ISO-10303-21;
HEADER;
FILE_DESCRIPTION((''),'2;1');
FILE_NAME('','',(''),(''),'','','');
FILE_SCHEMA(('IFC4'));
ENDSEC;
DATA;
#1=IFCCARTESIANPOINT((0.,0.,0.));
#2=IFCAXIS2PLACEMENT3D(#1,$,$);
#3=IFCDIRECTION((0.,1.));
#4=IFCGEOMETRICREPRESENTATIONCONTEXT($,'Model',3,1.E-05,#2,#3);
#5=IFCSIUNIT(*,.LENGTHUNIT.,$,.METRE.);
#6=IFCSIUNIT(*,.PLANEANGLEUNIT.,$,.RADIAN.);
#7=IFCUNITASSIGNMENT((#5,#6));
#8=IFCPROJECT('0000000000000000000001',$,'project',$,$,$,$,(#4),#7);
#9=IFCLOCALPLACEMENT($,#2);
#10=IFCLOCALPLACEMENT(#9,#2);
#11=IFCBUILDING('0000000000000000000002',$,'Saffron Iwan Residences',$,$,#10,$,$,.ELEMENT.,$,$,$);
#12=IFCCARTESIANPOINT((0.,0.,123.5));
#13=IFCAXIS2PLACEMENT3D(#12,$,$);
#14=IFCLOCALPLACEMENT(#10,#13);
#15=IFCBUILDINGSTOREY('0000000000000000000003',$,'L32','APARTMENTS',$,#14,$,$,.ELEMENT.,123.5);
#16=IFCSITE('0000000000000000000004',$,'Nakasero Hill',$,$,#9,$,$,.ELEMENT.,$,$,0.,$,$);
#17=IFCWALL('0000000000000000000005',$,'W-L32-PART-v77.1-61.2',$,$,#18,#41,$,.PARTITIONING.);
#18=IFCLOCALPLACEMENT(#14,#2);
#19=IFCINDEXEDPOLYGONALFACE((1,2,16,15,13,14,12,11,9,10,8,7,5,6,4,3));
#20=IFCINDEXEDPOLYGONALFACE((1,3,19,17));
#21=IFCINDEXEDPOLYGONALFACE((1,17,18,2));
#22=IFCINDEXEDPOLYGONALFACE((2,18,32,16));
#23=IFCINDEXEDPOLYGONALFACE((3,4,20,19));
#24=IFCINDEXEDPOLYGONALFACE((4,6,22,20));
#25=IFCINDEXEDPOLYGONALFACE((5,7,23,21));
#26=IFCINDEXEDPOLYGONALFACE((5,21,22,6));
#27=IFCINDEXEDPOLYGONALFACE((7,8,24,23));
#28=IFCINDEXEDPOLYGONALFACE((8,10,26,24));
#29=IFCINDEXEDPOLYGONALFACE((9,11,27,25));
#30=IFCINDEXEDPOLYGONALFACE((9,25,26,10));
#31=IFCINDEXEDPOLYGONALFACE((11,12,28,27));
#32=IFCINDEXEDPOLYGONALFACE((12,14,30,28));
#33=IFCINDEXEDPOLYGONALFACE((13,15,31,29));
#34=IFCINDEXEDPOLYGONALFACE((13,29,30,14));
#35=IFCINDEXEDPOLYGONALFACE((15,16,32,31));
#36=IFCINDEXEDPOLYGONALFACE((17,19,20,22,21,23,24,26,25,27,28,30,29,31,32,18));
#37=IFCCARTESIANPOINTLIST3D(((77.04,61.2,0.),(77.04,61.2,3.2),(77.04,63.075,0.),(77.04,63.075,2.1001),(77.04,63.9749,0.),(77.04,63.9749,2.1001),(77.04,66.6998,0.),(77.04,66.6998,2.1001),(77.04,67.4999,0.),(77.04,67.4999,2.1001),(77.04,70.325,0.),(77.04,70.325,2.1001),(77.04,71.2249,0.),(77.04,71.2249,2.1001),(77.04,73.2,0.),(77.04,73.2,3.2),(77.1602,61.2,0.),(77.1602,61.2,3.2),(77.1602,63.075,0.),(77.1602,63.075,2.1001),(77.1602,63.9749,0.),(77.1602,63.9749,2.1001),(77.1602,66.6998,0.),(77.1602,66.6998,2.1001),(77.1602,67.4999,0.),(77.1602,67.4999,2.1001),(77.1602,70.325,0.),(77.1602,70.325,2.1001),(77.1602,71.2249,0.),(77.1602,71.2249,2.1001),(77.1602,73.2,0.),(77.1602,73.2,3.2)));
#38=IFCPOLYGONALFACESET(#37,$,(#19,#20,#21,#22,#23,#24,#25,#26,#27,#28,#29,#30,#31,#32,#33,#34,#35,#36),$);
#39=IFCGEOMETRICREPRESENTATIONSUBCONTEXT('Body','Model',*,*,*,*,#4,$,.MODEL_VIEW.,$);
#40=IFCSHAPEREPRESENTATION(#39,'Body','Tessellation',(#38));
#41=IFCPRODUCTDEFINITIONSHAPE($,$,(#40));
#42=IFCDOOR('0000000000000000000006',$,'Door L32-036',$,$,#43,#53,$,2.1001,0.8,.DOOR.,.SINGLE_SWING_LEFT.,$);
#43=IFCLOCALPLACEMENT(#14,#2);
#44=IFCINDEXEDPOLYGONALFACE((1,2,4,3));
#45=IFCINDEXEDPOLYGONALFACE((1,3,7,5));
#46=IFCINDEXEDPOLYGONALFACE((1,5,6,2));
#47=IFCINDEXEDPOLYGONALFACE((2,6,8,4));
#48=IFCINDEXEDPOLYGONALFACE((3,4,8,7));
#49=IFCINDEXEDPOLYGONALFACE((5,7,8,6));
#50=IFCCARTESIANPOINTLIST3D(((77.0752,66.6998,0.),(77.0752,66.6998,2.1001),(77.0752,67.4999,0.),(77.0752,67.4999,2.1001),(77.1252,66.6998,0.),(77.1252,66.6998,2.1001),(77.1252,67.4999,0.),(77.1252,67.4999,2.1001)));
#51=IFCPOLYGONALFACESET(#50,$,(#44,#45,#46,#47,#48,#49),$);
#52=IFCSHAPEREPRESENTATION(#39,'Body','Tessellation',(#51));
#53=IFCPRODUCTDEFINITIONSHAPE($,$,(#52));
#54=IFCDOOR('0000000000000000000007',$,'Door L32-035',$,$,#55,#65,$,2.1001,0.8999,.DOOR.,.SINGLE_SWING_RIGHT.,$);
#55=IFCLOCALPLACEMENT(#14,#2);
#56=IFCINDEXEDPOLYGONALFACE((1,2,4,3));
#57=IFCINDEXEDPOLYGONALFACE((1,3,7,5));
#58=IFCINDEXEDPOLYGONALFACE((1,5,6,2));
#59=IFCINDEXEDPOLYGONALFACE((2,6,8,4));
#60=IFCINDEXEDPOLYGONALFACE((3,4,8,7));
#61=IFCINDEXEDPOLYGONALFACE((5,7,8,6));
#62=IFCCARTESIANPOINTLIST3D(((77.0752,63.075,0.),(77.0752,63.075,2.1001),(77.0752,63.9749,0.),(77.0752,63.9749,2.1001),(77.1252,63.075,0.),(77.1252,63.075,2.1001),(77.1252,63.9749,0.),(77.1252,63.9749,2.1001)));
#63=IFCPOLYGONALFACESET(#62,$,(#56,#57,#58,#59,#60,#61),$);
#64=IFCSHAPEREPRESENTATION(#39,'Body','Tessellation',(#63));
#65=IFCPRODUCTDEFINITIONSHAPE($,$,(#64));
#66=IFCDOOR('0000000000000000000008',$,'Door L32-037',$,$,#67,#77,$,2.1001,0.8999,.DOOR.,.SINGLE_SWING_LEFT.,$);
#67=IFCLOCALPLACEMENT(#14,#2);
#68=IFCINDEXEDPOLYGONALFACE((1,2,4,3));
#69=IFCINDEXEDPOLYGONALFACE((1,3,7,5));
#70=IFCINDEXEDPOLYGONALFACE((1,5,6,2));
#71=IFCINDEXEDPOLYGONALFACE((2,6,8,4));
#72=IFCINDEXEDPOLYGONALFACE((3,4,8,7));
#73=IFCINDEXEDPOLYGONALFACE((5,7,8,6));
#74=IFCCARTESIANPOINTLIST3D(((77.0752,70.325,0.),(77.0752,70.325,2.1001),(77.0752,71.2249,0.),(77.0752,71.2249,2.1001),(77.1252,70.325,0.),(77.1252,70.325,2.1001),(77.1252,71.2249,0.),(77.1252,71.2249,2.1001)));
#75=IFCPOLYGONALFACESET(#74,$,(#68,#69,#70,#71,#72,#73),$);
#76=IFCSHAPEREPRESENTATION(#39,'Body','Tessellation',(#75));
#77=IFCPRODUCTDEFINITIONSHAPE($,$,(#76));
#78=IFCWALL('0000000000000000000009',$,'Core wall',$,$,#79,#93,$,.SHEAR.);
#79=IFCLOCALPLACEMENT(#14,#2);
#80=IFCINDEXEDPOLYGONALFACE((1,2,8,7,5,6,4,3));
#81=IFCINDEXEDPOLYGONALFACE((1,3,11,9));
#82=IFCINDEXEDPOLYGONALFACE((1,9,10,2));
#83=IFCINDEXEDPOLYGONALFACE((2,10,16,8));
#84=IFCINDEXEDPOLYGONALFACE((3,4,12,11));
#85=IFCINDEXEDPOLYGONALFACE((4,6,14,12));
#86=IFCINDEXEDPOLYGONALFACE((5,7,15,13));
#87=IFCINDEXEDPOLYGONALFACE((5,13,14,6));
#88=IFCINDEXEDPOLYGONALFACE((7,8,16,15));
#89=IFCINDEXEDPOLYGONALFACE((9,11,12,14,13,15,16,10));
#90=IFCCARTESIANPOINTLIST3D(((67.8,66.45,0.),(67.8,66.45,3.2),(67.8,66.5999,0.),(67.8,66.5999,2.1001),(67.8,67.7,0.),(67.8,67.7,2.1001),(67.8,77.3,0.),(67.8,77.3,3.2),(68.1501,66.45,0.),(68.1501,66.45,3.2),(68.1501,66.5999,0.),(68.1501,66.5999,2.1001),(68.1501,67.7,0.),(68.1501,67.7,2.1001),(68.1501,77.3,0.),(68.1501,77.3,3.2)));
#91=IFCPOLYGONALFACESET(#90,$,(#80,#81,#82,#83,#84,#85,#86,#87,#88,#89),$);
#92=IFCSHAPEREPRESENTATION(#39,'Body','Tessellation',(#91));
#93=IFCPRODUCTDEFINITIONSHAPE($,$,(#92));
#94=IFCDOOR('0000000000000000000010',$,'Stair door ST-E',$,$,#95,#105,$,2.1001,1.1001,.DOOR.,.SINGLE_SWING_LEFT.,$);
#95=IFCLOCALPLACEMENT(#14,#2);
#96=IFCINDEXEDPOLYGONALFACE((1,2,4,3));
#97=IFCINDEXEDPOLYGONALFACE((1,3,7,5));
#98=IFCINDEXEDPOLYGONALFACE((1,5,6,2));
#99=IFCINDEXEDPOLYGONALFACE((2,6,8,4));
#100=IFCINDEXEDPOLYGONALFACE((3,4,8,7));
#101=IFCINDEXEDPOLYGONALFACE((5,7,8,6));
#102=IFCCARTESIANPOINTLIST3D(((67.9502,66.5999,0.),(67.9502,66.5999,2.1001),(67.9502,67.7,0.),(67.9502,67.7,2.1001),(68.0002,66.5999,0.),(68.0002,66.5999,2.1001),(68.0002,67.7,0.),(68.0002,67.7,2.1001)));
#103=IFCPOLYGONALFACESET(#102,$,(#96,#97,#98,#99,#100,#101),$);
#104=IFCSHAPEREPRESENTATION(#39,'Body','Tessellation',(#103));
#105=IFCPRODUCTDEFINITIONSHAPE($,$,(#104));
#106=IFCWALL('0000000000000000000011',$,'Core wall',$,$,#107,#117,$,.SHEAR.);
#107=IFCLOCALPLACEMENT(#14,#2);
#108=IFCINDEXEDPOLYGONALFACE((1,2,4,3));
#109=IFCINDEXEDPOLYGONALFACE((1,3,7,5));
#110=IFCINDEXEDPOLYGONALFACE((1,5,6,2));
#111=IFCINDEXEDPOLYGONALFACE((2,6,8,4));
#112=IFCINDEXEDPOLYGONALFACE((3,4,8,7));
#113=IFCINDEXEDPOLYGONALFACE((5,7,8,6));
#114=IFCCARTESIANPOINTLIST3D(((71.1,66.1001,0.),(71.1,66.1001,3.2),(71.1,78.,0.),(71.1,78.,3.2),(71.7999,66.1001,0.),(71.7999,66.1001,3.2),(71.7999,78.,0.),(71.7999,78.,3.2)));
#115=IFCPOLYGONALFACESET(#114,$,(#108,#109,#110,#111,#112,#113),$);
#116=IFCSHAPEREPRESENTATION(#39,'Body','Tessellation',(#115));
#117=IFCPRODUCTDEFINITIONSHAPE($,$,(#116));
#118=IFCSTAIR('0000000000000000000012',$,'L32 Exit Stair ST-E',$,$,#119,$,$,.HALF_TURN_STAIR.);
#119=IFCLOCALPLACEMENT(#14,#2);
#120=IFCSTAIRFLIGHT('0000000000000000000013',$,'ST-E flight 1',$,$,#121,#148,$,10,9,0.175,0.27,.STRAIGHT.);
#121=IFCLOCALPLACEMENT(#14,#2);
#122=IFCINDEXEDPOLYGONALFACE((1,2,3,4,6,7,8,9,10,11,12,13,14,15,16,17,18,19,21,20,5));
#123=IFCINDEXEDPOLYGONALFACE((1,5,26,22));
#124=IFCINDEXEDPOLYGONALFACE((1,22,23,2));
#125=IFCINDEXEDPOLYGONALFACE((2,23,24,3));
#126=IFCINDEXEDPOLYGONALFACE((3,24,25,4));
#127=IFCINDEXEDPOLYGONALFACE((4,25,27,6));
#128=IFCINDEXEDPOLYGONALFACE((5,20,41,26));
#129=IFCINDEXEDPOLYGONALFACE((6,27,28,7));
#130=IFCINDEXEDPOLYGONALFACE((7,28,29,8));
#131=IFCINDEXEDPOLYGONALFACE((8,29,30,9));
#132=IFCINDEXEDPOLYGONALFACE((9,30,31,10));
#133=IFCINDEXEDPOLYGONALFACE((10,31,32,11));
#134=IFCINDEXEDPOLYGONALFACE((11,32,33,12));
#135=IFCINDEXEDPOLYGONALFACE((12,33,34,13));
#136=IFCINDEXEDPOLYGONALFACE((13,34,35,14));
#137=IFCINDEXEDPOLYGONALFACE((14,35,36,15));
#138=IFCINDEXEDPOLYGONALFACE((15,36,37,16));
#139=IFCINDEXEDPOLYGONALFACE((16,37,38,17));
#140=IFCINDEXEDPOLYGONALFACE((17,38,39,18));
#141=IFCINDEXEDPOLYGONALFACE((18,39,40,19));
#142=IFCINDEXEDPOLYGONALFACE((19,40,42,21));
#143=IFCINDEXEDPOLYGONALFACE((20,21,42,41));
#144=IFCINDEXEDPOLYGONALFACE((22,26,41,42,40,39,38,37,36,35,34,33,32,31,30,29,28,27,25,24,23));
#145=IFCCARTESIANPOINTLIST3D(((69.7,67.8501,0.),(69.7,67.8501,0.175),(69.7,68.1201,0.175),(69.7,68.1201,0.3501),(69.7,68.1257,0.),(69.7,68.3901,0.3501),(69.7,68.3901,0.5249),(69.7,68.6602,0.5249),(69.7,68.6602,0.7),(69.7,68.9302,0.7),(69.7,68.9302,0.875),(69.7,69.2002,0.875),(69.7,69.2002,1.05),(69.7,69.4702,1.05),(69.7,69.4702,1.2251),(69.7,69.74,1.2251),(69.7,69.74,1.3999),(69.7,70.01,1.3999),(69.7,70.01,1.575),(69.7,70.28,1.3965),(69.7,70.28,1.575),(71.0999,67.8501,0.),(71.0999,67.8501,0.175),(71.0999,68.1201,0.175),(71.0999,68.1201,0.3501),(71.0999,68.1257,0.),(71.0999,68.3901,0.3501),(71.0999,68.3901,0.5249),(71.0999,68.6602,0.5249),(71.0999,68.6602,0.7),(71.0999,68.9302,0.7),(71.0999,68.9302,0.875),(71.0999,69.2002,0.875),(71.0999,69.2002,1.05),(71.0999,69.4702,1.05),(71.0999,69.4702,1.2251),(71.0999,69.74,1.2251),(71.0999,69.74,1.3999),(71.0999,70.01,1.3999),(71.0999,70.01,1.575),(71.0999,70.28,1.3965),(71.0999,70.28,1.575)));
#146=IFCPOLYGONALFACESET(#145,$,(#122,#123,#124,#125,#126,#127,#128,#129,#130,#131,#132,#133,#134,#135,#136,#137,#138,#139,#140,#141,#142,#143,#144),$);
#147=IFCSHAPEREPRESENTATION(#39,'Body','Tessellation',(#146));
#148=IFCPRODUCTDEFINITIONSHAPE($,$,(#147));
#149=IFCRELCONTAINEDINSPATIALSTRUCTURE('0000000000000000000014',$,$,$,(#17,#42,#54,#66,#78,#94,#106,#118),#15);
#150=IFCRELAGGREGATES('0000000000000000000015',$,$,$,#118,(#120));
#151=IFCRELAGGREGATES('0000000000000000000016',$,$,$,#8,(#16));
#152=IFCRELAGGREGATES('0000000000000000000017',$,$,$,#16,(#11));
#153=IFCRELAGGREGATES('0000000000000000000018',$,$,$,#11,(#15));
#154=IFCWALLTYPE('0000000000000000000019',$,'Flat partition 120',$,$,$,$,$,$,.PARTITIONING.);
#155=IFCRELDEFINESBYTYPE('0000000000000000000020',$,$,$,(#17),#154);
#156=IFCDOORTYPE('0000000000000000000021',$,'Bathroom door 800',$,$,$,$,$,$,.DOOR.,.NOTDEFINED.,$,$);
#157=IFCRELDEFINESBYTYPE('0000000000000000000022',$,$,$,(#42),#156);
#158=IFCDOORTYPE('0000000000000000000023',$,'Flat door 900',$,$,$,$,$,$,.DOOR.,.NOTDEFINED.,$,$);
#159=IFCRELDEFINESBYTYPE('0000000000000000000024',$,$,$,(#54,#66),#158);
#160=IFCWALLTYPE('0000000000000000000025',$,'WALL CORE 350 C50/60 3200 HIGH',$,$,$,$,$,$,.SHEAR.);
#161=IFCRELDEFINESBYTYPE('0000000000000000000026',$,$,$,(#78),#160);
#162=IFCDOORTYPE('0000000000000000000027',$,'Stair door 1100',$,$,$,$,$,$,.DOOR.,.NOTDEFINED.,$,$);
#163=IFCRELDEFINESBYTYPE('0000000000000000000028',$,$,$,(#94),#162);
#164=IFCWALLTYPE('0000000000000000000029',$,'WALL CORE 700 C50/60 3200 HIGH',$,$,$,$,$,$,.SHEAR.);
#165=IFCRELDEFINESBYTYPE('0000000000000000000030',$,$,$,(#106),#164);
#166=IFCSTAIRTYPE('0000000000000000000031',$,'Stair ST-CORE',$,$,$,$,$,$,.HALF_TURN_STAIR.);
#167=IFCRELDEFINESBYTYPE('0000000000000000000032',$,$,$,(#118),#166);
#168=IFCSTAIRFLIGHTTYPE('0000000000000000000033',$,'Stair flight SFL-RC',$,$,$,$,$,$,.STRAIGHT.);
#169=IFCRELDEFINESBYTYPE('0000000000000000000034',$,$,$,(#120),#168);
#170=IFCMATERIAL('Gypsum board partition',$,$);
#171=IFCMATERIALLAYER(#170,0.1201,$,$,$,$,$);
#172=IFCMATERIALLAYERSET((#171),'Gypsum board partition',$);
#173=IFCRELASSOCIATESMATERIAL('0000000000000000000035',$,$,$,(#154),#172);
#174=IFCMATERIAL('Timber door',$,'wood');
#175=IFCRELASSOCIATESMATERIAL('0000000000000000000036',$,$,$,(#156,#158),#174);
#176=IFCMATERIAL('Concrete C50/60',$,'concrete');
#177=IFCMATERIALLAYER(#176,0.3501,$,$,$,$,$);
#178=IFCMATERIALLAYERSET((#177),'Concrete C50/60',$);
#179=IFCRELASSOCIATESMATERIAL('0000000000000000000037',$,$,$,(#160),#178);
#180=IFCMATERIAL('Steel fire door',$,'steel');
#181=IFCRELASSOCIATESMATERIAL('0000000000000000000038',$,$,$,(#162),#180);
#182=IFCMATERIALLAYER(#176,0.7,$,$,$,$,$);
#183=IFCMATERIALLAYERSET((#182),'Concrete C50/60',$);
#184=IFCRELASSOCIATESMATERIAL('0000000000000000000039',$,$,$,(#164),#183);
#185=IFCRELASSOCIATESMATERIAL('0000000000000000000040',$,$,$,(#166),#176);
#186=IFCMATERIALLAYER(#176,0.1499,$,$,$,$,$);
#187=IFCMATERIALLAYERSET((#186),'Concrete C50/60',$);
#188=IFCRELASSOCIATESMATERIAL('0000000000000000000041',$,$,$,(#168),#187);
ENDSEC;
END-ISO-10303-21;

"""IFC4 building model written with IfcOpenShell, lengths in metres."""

from ifc_helpers import new_model, si_unit, direction, frame, frame_2d, origin, place, context, subcontext, project, spatial, polyline, rectangle, outline, extrude, material, layer, layer_set, type_object, element, fill, aggregate, save


model = new_model("IFC4")

# Units and contexts
model_context = context("Model", 3, precision=1e-05, world=origin(), true_north=direction((0.0, 1.0)))
body_context = subcontext(model_context, "Body", "Model", "MODEL_VIEW")
ifc_project = project(units=[si_unit("LENGTHUNIT", "METRE"), si_unit("PLANEANGLEUNIT", "RADIAN")], contexts=[model_context])

# Site, building, storey
site_placement = place(None, origin())
site = spatial("IfcSite", under=ifc_project, at=site_placement, Name="Nakasero Hill", CompositionType="ELEMENT", RefElevation=0.0)
building_placement = place(site_placement, origin())
building = spatial("IfcBuilding", under=site, at=building_placement, Name="Saffron Iwan Residences", CompositionType="ELEMENT")
storey_placement = place(building_placement, frame((0.0, 0.0, 123.5)))
storey = spatial("IfcBuildingStorey", under=building, at=storey_placement, Name="L32", Description="APARTMENTS", CompositionType="ELEMENT", Elevation=123.5)

# Shared definitions
ifc_material_1 = material(Name="Concrete C50/60", Category="concrete")

# Shared definitions
ifc_material_2 = material(Name="Gypsum board partition")
ifc_layer_1 = layer(ifc_material_2, 0.1201)
ifc_layer_set_1 = layer_set([ifc_layer_1], Name="Gypsum board partition")
wall_type_1 = type_object("IfcWallType", Name="Flat partition 120", PredefinedType="PARTITIONING", material=ifc_layer_set_1)

# Wall, openings, doors
wall_1_placement = place(storey_placement, frame((77.1001, 61.2, 0.0), z_axis=(0.0, 0.0, 1.0), x_axis=(0.0, 1.0, 0.0)))
wall_1 = element("IfcWall", 1, at=wall_1_placement, inside=storey, type_object=wall_type_1, Name="W-L32-PART-v77.1-61.2", PredefinedType="PARTITIONING", context=body_context, shape_type="SweptSolid", body=[
    extrude(rectangle(XDim=12.0, YDim=0.1201, at=frame_2d((6.0, 0.0))), origin(), (0.0, 0.0, 1.0), 3.2),
])
opening_1_placement = place(wall_1_placement, frame((1.875, 0.0, 0.0)))
opening_1 = element("IfcOpeningElement", 2, at=opening_1_placement, cuts=wall_1, PredefinedType="OPENING", context=body_context, shape_type="SweptSolid", body=[
    extrude(rectangle(XDim=0.8999, YDim=2.1001, at=frame_2d((0.45, 1.05))), frame((0.0, 0.0701, 0.0), z_axis=(0.0, -1.0, 0.0), x_axis=(1.0, 0.0, 0.0)), (0.0, 0.0, 1.0), 0.1401),
])
opening_2_placement = place(wall_1_placement, frame((5.5, 0.0, 0.0)))
opening_2 = element("IfcOpeningElement", 3, at=opening_2_placement, cuts=wall_1, PredefinedType="OPENING", context=body_context, shape_type="SweptSolid", body=[
    extrude(rectangle(XDim=0.8, YDim=2.1001, at=frame_2d((0.3999, 1.05))), frame((0.0, 0.0701, 0.0), z_axis=(0.0, -1.0, 0.0), x_axis=(1.0, 0.0, 0.0)), (0.0, 0.0, 1.0), 0.1401),
])
opening_3_placement = place(wall_1_placement, frame((9.125, 0.0, 0.0)))
opening_3 = element("IfcOpeningElement", 4, at=opening_3_placement, cuts=wall_1, PredefinedType="OPENING", context=body_context, shape_type="SweptSolid", body=[
    extrude(rectangle(XDim=0.8999, YDim=2.1001, at=frame_2d((0.45, 1.05))), frame((0.0, 0.0701, 0.0), z_axis=(0.0, -1.0, 0.0), x_axis=(1.0, 0.0, 0.0)), (0.0, 0.0, 1.0), 0.1401),
])
ifc_material_3 = material(Name="Timber door", Category="wood")
door_type_1 = type_object("IfcDoorType", Name="Bathroom door 800", OperationType="NOTDEFINED", PredefinedType="DOOR", material=ifc_material_3)
door_1_placement = place(opening_2_placement, origin())
door_1 = element("IfcDoor", 5, at=door_1_placement, inside=storey, type_object=door_type_1, Name="Door L32-036", OperationType="SINGLE_SWING_LEFT", OverallHeight=2.1001, OverallWidth=0.8, PredefinedType="DOOR", context=body_context, shape_type="SweptSolid", body=[
    extrude(rectangle(XDim=0.8, YDim=2.1001, at=frame_2d((0.3999, 1.05))), frame((0.0, 0.0249, 0.0), z_axis=(0.0, -1.0, 0.0), x_axis=(1.0, 0.0, 0.0)), (0.0, 0.0, 1.0), 0.05),
])
fill(opening_2, door_1)
door_type_2 = type_object("IfcDoorType", Name="Flat door 900", OperationType="NOTDEFINED", PredefinedType="DOOR", material=ifc_material_3)
door_2_placement = place(opening_1_placement, origin())
door_2 = element("IfcDoor", 6, at=door_2_placement, inside=storey, type_object=door_type_2, Name="Door L32-035", OperationType="SINGLE_SWING_RIGHT", OverallHeight=2.1001, OverallWidth=0.8999, PredefinedType="DOOR", context=body_context, shape_type="SweptSolid", body=[
    extrude(rectangle(XDim=0.8999, YDim=2.1001, at=frame_2d((0.45, 1.05))), frame((0.0, 0.0249, 0.0), z_axis=(0.0, -1.0, 0.0), x_axis=(1.0, 0.0, 0.0)), (0.0, 0.0, 1.0), 0.05),
])
fill(opening_1, door_2)
door_3_placement = place(opening_3_placement, origin())
door_3 = element("IfcDoor", 7, at=door_3_placement, inside=storey, type_object=door_type_2, Name="Door L32-037", OperationType="SINGLE_SWING_LEFT", OverallHeight=2.1001, OverallWidth=0.8999, PredefinedType="DOOR", context=body_context, shape_type="SweptSolid", body=[
    extrude(rectangle(XDim=0.8999, YDim=2.1001, at=frame_2d((0.45, 1.05))), frame((0.0, 0.0249, 0.0), z_axis=(0.0, -1.0, 0.0), x_axis=(1.0, 0.0, 0.0)), (0.0, 0.0, 1.0), 0.05),
])
fill(opening_3, door_3)

# Wall, opening, door
ifc_layer_2 = layer(ifc_material_1, 0.3501)
ifc_layer_set_2 = layer_set([ifc_layer_2], Name="Concrete C50/60")
wall_type_2 = type_object("IfcWallType", Name="WALL CORE 350 C50/60 3200 HIGH", PredefinedType="SHEAR", material=ifc_layer_set_2)
wall_2_placement = place(storey_placement, frame((67.9751, 66.45, 0.0), z_axis=(0.0, 0.0, 1.0), x_axis=(0.0, 1.0, 0.0)))
wall_2 = element("IfcWall", 8, at=wall_2_placement, inside=storey, type_object=wall_type_2, Name="Core wall", PredefinedType="SHEAR", context=body_context, shape_type="SweptSolid", body=[
    extrude(rectangle(XDim=10.8501, YDim=0.3501, at=frame_2d((5.425, 0.0))), origin(), (0.0, 0.0, 1.0), 3.2),
])
opening_4_placement = place(wall_2_placement, frame((0.1499, 0.0, 0.0)))
opening_4 = element("IfcOpeningElement", 9, at=opening_4_placement, cuts=wall_2, PredefinedType="OPENING", context=body_context, shape_type="SweptSolid", body=[
    extrude(rectangle(XDim=1.1001, YDim=2.1001, at=frame_2d((0.55, 1.05))), frame((0.0, 0.1851, 0.0), z_axis=(0.0, -1.0, 0.0), x_axis=(1.0, 0.0, 0.0)), (0.0, 0.0, 1.0), 0.3701),
])
ifc_material_4 = material(Name="Steel fire door", Category="steel")
door_type_3 = type_object("IfcDoorType", Name="Stair door 1100", OperationType="NOTDEFINED", PredefinedType="DOOR", material=ifc_material_4)
door_4_placement = place(opening_4_placement, origin())
door_4 = element("IfcDoor", 10, at=door_4_placement, inside=storey, type_object=door_type_3, Name="Stair door ST-E", OperationType="SINGLE_SWING_LEFT", OverallHeight=2.1001, OverallWidth=1.1001, PredefinedType="DOOR", context=body_context, shape_type="SweptSolid", body=[
    extrude(rectangle(XDim=1.1001, YDim=2.1001, at=frame_2d((0.55, 1.05))), frame((0.0, 0.0249, 0.0), z_axis=(0.0, -1.0, 0.0), x_axis=(1.0, 0.0, 0.0)), (0.0, 0.0, 1.0), 0.05),
])
fill(opening_4, door_4)

# Wall
ifc_layer_3 = layer(ifc_material_1, 0.7)
ifc_layer_set_3 = layer_set([ifc_layer_3], Name="Concrete C50/60")
wall_type_3 = type_object("IfcWallType", Name="WALL CORE 700 C50/60 3200 HIGH", PredefinedType="SHEAR", material=ifc_layer_set_3)
wall_3_placement = place(storey_placement, frame((71.45, 66.1001, 0.0), z_axis=(0.0, 0.0, 1.0), x_axis=(0.0, 1.0, 0.0)))
element("IfcWall", 11, at=wall_3_placement, inside=storey, type_object=wall_type_3, Name="Core wall", PredefinedType="SHEAR", context=body_context, shape_type="SweptSolid", body=[
    extrude(rectangle(XDim=11.8999, YDim=0.7, at=frame_2d((5.95, 0.0))), origin(), (0.0, 0.0, 1.0), 3.2),
])

# Stair, stair flight
stair_type = type_object("IfcStairType", Name="Stair ST-CORE", PredefinedType="HALF_TURN_STAIR", material=ifc_material_1)
stair_placement = place(storey_placement, origin())
stair = element("IfcStair", 12, at=stair_placement, inside=storey, type_object=stair_type, Name="L32 Exit Stair ST-E", PredefinedType="HALF_TURN_STAIR")
ifc_layer_4 = layer(ifc_material_1, 0.1499)
ifc_layer_set_4 = layer_set([ifc_layer_4], Name="Concrete C50/60")
stair_flight_type = type_object("IfcStairFlightType", Name="Stair flight SFL-RC", PredefinedType="STRAIGHT", material=ifc_layer_set_4)
stair_flight_placement = place(storey_placement, frame((70.3999, 67.8501, 0.0), z_axis=(0.0, 0.0, 1.0), x_axis=(0.0, 1.0, 0.0)))
stair_flight = element("IfcStairFlight", 13, at=stair_flight_placement, type_object=stair_flight_type, Name="ST-E flight 1", NumberOfRisers=10, NumberOfTreads=9, PredefinedType="STRAIGHT", RiserHeight=0.175, TreadLength=0.27, context=body_context, shape_type="SweptSolid", body=[
    extrude(outline(polyline([(0.0, 0.0), (0.0, 0.175), (0.27, 0.175), (0.27, 0.3501), (0.54, 0.3501), (0.54, 0.5249), (0.8101, 0.5249), (0.8101, 0.7), (1.0801, 0.7), (1.0801, 0.875), (1.3501, 0.875), (1.3501, 1.05), (1.6201, 1.05), (1.6201, 1.2251), (1.8899, 1.2251), (1.8899, 1.3999), (2.1599, 1.3999), (2.1599, 1.575), (2.4299, 1.575), (2.4299, 1.75), (2.4299, 1.3965), (0.2756, 0.0), (0.0, 0.0)])), frame((0.0, 0.7, 0.0), z_axis=(0.0, -1.0, 0.0), x_axis=(1.0, 0.0, 0.0)), (0.0, 0.0, 1.0), 1.3999),
])
aggregate(stair, [stair_flight])

save(model, "model.ifc")
